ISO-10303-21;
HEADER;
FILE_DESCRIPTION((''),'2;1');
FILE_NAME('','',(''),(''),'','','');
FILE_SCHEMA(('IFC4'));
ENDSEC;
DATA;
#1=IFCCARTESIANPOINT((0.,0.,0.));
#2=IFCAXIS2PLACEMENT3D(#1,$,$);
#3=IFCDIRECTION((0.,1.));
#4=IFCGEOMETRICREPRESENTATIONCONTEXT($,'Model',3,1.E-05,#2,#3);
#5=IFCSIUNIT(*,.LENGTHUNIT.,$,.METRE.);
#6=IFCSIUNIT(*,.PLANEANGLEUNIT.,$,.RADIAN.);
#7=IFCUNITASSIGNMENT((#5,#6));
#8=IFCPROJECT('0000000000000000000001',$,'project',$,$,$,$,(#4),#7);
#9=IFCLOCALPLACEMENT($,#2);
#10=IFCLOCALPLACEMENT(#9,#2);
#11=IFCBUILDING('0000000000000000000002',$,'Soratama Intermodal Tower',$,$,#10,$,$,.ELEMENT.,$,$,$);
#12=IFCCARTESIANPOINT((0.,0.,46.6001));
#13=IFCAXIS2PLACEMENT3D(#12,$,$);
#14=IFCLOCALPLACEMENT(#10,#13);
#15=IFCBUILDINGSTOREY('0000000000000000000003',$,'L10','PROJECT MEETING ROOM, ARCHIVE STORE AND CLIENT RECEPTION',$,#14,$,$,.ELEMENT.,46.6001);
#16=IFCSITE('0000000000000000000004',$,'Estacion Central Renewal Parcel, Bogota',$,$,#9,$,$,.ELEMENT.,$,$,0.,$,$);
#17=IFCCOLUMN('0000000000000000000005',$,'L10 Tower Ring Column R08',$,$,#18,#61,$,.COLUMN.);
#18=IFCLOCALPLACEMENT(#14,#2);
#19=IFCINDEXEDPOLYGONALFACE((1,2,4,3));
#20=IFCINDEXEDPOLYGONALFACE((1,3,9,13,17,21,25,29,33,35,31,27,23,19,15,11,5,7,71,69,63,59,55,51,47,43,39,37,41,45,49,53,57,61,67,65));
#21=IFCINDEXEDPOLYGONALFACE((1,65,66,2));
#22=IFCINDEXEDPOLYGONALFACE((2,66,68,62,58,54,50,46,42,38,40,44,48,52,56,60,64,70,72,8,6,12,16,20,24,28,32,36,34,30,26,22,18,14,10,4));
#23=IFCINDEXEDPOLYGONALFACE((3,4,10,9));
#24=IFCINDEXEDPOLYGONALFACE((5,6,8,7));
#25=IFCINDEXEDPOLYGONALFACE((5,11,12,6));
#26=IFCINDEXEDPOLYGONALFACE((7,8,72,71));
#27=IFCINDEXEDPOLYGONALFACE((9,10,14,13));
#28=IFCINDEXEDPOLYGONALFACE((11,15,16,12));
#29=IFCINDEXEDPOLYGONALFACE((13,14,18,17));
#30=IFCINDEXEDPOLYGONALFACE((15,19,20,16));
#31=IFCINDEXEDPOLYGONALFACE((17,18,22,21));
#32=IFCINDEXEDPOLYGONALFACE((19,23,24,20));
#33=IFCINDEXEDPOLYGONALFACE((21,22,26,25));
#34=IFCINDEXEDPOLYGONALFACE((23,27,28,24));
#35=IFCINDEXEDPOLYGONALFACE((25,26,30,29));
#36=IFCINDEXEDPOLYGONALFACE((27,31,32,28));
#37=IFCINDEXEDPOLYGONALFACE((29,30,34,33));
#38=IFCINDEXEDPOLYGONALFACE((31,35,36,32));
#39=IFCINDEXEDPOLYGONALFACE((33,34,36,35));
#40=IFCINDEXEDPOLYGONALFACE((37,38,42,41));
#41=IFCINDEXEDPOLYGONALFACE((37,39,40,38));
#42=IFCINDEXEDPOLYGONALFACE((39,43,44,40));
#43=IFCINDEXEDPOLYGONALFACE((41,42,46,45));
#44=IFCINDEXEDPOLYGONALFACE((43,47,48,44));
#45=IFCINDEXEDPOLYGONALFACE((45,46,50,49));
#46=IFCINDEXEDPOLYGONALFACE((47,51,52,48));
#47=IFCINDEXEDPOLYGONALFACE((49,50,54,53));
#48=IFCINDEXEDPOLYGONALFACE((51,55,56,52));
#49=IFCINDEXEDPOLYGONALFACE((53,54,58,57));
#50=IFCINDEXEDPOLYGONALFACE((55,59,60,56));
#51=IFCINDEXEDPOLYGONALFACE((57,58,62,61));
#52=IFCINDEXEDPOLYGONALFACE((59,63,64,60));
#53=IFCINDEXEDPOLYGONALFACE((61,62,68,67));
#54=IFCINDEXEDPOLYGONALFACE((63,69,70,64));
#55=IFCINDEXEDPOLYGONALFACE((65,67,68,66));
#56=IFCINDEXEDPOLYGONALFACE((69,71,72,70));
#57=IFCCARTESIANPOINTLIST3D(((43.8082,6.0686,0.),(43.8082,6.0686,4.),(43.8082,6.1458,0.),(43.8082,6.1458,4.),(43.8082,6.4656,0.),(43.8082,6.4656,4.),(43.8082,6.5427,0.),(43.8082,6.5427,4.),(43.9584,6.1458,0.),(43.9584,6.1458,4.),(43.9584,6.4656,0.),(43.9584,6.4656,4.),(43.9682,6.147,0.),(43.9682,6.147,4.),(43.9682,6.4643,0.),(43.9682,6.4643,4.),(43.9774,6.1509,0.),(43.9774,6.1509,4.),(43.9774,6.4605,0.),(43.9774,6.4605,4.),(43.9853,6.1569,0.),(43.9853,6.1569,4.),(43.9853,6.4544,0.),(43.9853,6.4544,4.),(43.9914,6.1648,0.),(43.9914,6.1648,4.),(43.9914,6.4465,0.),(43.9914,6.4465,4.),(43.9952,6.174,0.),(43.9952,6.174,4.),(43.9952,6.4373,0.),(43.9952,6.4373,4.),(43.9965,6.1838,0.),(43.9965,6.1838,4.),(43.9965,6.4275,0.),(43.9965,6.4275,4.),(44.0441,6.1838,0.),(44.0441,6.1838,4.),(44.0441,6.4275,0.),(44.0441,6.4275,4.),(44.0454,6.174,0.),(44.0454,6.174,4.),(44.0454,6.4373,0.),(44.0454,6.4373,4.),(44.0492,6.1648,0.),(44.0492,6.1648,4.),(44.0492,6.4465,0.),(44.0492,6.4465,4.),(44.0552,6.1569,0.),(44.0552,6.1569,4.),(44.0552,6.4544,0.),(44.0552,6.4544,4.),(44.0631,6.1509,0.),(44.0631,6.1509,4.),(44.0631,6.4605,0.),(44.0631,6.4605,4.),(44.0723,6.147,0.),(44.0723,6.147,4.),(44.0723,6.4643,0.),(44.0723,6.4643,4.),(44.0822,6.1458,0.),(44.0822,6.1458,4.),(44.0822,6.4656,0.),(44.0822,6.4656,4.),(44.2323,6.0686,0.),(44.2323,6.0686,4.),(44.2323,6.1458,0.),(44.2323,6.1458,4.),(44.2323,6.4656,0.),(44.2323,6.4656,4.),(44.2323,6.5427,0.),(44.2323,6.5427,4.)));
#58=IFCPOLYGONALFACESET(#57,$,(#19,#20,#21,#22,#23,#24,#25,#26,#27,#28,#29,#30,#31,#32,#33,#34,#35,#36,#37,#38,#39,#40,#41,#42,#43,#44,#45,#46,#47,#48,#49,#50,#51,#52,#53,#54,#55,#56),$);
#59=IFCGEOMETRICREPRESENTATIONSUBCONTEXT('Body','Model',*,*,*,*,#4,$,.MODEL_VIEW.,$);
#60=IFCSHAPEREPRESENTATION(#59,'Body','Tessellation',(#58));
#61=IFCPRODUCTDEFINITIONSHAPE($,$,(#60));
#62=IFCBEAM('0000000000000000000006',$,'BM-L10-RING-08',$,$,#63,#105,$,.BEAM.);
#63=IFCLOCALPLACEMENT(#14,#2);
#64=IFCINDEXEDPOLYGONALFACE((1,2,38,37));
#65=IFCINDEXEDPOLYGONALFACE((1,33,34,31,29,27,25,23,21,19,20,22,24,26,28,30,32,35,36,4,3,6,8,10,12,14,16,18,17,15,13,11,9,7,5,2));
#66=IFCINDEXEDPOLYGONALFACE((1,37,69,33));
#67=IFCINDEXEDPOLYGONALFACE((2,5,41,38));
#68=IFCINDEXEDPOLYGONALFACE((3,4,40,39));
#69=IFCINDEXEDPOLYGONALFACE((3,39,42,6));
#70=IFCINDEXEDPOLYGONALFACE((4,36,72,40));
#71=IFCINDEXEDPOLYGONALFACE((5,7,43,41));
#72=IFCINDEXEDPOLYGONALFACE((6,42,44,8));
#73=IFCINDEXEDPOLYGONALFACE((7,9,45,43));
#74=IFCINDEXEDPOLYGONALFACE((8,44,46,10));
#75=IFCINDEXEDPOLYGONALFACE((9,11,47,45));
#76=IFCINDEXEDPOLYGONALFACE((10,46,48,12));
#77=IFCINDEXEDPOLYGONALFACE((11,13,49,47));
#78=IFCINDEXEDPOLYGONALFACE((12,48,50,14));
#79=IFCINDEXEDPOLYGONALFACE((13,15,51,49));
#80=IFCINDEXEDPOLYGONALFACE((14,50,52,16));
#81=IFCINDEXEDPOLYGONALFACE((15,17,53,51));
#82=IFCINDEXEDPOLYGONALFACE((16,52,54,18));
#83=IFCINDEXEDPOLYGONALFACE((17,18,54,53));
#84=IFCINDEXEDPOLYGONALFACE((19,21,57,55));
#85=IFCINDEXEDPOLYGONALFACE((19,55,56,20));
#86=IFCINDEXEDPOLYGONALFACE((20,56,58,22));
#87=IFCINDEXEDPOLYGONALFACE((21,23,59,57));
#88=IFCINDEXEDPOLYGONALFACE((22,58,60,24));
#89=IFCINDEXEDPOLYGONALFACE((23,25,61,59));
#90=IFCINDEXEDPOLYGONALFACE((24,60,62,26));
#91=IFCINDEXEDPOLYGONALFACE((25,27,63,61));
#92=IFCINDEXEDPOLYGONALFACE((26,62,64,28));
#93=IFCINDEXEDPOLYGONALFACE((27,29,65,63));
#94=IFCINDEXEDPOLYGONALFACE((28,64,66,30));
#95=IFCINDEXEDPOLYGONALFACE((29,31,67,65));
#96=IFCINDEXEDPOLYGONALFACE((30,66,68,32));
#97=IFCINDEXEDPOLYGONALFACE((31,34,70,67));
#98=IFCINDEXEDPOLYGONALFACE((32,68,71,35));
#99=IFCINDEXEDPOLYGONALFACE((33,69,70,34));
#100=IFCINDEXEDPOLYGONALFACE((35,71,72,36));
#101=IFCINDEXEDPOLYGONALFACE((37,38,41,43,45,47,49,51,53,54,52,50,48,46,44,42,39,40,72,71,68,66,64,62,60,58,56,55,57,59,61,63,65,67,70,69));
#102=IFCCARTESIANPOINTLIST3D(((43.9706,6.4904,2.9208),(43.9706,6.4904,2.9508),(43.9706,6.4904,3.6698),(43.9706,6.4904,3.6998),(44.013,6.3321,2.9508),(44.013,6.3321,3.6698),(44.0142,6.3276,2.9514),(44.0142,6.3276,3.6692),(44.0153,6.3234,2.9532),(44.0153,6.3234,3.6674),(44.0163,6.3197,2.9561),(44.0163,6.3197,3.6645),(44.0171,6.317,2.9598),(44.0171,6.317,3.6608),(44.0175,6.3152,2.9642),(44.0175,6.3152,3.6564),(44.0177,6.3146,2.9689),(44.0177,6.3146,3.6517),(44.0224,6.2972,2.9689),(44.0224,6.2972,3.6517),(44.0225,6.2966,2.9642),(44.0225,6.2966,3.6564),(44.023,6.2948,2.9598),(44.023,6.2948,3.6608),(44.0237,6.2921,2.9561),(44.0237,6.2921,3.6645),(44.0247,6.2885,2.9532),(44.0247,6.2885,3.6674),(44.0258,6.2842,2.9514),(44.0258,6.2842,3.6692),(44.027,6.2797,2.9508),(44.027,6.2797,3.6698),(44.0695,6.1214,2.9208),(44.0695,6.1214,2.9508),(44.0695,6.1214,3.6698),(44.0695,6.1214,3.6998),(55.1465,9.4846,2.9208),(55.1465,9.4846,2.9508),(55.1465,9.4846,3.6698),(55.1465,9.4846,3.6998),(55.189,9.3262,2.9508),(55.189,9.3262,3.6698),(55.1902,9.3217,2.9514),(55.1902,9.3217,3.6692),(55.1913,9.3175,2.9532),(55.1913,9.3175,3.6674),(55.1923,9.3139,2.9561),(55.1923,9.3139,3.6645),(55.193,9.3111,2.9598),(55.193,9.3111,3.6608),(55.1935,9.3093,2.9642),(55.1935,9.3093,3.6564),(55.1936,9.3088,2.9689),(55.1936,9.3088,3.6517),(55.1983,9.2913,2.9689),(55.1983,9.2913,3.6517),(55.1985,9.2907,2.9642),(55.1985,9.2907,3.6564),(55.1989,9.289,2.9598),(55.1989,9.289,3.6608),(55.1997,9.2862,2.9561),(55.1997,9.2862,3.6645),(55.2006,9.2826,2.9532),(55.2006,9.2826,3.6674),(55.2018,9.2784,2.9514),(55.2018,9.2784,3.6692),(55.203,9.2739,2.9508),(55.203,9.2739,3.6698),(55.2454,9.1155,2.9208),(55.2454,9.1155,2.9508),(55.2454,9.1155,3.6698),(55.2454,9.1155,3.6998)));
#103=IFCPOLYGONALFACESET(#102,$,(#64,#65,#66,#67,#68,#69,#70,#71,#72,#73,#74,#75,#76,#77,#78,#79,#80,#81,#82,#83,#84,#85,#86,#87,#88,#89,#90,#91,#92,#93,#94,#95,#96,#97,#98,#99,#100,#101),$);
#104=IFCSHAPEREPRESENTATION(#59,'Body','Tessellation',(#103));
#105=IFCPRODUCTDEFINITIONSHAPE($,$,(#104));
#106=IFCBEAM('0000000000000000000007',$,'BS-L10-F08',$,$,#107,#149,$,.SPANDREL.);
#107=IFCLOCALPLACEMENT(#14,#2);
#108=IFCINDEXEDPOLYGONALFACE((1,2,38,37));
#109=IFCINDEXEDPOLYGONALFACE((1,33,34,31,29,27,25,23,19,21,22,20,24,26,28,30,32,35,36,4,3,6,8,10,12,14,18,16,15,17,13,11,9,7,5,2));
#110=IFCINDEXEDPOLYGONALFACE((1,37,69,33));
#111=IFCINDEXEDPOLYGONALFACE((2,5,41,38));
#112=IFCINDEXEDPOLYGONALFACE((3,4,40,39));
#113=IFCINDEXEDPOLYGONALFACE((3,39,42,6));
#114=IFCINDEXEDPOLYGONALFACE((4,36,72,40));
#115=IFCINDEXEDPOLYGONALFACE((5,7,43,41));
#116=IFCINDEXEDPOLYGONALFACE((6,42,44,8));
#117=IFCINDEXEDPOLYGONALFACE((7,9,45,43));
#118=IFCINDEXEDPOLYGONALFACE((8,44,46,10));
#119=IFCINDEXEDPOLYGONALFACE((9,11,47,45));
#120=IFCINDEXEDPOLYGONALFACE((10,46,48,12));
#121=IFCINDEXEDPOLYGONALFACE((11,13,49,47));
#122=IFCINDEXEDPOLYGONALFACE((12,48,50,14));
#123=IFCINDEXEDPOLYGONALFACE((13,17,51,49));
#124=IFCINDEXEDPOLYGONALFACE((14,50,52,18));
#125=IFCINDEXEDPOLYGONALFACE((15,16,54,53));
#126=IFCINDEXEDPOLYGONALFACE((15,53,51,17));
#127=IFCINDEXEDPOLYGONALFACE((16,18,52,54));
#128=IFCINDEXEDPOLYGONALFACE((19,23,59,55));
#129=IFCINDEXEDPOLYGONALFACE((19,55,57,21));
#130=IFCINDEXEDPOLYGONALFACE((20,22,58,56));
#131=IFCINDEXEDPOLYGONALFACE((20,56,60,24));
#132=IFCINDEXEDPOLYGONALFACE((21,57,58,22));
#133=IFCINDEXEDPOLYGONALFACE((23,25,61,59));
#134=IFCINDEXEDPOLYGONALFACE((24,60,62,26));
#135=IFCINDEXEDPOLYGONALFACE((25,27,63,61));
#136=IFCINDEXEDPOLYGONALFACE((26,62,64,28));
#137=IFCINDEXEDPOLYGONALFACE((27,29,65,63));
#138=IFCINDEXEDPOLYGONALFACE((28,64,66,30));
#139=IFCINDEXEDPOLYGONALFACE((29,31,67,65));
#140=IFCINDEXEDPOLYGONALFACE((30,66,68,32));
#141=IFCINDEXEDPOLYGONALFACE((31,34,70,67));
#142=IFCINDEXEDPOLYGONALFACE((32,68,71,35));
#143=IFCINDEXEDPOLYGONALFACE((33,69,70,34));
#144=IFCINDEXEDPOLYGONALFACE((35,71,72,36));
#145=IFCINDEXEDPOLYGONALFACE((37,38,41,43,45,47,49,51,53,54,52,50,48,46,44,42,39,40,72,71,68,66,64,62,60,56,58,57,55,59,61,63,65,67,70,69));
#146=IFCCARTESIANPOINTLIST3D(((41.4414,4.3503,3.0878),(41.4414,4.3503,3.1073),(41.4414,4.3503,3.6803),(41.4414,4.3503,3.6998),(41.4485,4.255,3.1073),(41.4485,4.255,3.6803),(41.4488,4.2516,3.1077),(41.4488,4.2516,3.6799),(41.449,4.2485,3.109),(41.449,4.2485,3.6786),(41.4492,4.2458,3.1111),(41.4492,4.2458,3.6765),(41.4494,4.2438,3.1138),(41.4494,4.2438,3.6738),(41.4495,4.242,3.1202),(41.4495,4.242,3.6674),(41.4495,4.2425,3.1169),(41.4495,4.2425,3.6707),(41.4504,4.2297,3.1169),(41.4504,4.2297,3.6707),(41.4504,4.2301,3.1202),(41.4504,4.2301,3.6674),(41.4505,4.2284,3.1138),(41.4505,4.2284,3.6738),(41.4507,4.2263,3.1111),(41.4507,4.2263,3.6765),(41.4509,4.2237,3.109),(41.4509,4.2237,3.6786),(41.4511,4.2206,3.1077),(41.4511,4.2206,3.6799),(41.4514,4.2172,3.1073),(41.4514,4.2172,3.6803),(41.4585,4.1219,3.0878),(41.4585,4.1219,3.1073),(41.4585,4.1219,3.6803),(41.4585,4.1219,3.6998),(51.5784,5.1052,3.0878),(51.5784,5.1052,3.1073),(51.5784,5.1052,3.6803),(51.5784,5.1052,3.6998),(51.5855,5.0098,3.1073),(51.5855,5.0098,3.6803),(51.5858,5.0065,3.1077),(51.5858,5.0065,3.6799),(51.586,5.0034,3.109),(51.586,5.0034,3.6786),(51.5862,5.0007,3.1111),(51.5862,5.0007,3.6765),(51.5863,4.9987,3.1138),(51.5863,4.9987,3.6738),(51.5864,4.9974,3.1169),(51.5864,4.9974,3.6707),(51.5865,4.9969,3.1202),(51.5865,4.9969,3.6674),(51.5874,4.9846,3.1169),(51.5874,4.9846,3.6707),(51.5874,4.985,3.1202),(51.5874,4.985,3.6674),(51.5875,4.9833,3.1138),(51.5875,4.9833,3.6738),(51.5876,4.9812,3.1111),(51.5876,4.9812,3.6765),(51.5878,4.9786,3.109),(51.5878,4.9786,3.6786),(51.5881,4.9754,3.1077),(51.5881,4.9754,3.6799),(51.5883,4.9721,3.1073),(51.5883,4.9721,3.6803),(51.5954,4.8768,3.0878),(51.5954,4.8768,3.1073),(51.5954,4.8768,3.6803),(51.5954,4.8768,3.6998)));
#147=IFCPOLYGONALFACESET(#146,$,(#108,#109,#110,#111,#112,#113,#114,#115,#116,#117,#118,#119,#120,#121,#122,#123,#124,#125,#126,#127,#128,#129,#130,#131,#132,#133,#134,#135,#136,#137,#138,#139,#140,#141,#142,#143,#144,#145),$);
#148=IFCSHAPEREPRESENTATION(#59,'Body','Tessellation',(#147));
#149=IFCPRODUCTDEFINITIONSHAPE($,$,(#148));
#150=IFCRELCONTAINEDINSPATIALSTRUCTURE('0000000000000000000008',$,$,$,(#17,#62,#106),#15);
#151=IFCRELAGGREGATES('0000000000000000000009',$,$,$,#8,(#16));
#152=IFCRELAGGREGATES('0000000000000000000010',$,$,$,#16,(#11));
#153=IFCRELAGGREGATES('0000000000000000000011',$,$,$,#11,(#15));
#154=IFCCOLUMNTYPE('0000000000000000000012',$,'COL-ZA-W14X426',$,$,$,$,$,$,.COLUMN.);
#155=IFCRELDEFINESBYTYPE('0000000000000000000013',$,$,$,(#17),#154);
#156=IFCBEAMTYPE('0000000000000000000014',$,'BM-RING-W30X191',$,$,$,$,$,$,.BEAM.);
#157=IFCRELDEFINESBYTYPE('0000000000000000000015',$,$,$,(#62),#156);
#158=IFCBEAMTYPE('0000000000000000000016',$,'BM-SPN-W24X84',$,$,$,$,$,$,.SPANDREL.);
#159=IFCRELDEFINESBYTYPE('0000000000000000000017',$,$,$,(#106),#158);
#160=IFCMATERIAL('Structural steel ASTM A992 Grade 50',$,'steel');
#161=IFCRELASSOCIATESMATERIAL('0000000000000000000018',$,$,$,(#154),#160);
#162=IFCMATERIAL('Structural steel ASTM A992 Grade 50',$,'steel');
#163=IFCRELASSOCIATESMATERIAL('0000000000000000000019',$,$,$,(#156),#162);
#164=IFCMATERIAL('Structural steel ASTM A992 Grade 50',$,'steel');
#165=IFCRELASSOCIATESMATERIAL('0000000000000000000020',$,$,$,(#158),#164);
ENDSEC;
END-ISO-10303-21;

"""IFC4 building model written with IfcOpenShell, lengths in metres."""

from ifc_helpers import new_model, si_unit, direction, frame, origin, origin_2d, place, context, subcontext, project, spatial, i_section, extrude, material, material_profile, profile_set, type_object, element, save


model = new_model("IFC4")

# Units and contexts
model_context = context("Model", 3, precision=1e-05, world=origin(), true_north=direction((0.0, 1.0)))
body_context = subcontext(model_context, "Body", "Model", "MODEL_VIEW")
ifc_project = project(units=[si_unit("LENGTHUNIT", "METRE"), si_unit("PLANEANGLEUNIT", "RADIAN")], contexts=[model_context])

# Site, building, storey
site_placement = place(None, origin())
site = spatial("IfcSite", under=ifc_project, at=site_placement, Name="Estacion Central Renewal Parcel, Bogota", CompositionType="ELEMENT", RefElevation=0.0)
building_placement = place(site_placement, origin())
building = spatial("IfcBuilding", under=site, at=building_placement, Name="Soratama Intermodal Tower", CompositionType="ELEMENT")
storey_placement = place(building_placement, frame((0.0, 0.0, 46.6001)))
storey = spatial("IfcBuildingStorey", under=building, at=storey_placement, Name="L10", Description="PROJECT MEETING ROOM, ARCHIVE STORE AND CLIENT RECEPTION", CompositionType="ELEMENT", Elevation=46.6001)

# Column
ifc_material_1 = material(Name="Structural steel ASTM A992 Grade 50", Category="steel")
ifc_material_profile_1 = material_profile(ifc_material_1, i_section(OverallWidth=0.4241, OverallDepth=0.4741, WebThickness=0.0476, FlangeThickness=0.0771, FilletRadius=0.0381, at=origin_2d()), Name="W14X426")
ifc_profile_set_1 = profile_set([ifc_material_profile_1], Name="Structural steel ASTM A992 Grade 50")
column_type = type_object("IfcColumnType", Name="COL-ZA-W14X426", PredefinedType="COLUMN", material=ifc_profile_set_1)
column_placement = place(storey_placement, frame((44.0203, 6.3057, 0.0), z_axis=(0.0, 0.0, 1.0), x_axis=(1.0, 0.0, 0.0)))
element("IfcColumn", 1, at=column_placement, inside=storey, type_object=column_type, Name="L10 Tower Ring Column R08", PredefinedType="COLUMN", context=body_context, shape_type="SweptSolid", body=[
    extrude(i_section(OverallWidth=0.4241, OverallDepth=0.4741, WebThickness=0.0476, FlangeThickness=0.0771, FilletRadius=0.0381, at=origin_2d()), origin(), (0.0, 0.0, 1.0), 4.0),
])

# Beams
ifc_material_2 = material(Name="Structural steel ASTM A992 Grade 50", Category="steel")
ifc_material_profile_2 = material_profile(ifc_material_2, i_section(OverallWidth=0.3821, OverallDepth=0.7791, WebThickness=0.0181, FlangeThickness=0.03, FilletRadius=0.0181, at=origin_2d()), Name="W30X191")
ifc_profile_set_2 = profile_set([ifc_material_profile_2], Name="Structural steel ASTM A992 Grade 50")
beam_type_1 = type_object("IfcBeamType", Name="BM-RING-W30X191", PredefinedType="BEAM", material=ifc_profile_set_2)
beam_1_placement = place(storey_placement, frame((44.02, 6.3059, 3.3103), z_axis=(0.965936, 0.258781, 0.0), x_axis=(-0.258781, 0.965936, 0.0)))
element("IfcBeam", 2, at=beam_1_placement, inside=storey, type_object=beam_type_1, Name="BM-L10-RING-08", PredefinedType="BEAM", context=body_context, shape_type="SweptSolid", body=[
    extrude(i_section(OverallWidth=0.3821, OverallDepth=0.7791, WebThickness=0.0181, FlangeThickness=0.03, FilletRadius=0.0181, at=origin_2d()), origin(), (0.0, 0.0, 1.0), 11.5701),
])
ifc_material_3 = material(Name="Structural steel ASTM A992 Grade 50", Category="steel")
ifc_material_profile_3 = material_profile(ifc_material_3, i_section(OverallWidth=0.229, OverallDepth=0.6121, WebThickness=0.012, FlangeThickness=0.0195, FilletRadius=0.0129, at=origin_2d()), Name="W24X84")
ifc_profile_set_3 = profile_set([ifc_material_profile_3], Name="Structural steel ASTM A992 Grade 50")
beam_type_2 = type_object("IfcBeamType", Name="BM-SPN-W24X84", PredefinedType="SPANDREL", material=ifc_profile_set_3)
beam_2_placement = place(storey_placement, frame((41.45, 4.2361, 3.3938), z_axis=(0.997239, 0.074263, 0.0), x_axis=(-0.074263, 0.997239, 0.0)))
element("IfcBeam", 3, at=beam_2_placement, inside=storey, type_object=beam_type_2, Name="BS-L10-F08", PredefinedType="SPANDREL", context=body_context, shape_type="SweptSolid", body=[
    extrude(i_section(OverallWidth=0.229, OverallDepth=0.6121, WebThickness=0.012, FlangeThickness=0.0195, FilletRadius=0.0129, at=origin_2d()), origin(), (0.0, 0.0, 1.0), 10.165),
])

save(model, "model.ifc")
